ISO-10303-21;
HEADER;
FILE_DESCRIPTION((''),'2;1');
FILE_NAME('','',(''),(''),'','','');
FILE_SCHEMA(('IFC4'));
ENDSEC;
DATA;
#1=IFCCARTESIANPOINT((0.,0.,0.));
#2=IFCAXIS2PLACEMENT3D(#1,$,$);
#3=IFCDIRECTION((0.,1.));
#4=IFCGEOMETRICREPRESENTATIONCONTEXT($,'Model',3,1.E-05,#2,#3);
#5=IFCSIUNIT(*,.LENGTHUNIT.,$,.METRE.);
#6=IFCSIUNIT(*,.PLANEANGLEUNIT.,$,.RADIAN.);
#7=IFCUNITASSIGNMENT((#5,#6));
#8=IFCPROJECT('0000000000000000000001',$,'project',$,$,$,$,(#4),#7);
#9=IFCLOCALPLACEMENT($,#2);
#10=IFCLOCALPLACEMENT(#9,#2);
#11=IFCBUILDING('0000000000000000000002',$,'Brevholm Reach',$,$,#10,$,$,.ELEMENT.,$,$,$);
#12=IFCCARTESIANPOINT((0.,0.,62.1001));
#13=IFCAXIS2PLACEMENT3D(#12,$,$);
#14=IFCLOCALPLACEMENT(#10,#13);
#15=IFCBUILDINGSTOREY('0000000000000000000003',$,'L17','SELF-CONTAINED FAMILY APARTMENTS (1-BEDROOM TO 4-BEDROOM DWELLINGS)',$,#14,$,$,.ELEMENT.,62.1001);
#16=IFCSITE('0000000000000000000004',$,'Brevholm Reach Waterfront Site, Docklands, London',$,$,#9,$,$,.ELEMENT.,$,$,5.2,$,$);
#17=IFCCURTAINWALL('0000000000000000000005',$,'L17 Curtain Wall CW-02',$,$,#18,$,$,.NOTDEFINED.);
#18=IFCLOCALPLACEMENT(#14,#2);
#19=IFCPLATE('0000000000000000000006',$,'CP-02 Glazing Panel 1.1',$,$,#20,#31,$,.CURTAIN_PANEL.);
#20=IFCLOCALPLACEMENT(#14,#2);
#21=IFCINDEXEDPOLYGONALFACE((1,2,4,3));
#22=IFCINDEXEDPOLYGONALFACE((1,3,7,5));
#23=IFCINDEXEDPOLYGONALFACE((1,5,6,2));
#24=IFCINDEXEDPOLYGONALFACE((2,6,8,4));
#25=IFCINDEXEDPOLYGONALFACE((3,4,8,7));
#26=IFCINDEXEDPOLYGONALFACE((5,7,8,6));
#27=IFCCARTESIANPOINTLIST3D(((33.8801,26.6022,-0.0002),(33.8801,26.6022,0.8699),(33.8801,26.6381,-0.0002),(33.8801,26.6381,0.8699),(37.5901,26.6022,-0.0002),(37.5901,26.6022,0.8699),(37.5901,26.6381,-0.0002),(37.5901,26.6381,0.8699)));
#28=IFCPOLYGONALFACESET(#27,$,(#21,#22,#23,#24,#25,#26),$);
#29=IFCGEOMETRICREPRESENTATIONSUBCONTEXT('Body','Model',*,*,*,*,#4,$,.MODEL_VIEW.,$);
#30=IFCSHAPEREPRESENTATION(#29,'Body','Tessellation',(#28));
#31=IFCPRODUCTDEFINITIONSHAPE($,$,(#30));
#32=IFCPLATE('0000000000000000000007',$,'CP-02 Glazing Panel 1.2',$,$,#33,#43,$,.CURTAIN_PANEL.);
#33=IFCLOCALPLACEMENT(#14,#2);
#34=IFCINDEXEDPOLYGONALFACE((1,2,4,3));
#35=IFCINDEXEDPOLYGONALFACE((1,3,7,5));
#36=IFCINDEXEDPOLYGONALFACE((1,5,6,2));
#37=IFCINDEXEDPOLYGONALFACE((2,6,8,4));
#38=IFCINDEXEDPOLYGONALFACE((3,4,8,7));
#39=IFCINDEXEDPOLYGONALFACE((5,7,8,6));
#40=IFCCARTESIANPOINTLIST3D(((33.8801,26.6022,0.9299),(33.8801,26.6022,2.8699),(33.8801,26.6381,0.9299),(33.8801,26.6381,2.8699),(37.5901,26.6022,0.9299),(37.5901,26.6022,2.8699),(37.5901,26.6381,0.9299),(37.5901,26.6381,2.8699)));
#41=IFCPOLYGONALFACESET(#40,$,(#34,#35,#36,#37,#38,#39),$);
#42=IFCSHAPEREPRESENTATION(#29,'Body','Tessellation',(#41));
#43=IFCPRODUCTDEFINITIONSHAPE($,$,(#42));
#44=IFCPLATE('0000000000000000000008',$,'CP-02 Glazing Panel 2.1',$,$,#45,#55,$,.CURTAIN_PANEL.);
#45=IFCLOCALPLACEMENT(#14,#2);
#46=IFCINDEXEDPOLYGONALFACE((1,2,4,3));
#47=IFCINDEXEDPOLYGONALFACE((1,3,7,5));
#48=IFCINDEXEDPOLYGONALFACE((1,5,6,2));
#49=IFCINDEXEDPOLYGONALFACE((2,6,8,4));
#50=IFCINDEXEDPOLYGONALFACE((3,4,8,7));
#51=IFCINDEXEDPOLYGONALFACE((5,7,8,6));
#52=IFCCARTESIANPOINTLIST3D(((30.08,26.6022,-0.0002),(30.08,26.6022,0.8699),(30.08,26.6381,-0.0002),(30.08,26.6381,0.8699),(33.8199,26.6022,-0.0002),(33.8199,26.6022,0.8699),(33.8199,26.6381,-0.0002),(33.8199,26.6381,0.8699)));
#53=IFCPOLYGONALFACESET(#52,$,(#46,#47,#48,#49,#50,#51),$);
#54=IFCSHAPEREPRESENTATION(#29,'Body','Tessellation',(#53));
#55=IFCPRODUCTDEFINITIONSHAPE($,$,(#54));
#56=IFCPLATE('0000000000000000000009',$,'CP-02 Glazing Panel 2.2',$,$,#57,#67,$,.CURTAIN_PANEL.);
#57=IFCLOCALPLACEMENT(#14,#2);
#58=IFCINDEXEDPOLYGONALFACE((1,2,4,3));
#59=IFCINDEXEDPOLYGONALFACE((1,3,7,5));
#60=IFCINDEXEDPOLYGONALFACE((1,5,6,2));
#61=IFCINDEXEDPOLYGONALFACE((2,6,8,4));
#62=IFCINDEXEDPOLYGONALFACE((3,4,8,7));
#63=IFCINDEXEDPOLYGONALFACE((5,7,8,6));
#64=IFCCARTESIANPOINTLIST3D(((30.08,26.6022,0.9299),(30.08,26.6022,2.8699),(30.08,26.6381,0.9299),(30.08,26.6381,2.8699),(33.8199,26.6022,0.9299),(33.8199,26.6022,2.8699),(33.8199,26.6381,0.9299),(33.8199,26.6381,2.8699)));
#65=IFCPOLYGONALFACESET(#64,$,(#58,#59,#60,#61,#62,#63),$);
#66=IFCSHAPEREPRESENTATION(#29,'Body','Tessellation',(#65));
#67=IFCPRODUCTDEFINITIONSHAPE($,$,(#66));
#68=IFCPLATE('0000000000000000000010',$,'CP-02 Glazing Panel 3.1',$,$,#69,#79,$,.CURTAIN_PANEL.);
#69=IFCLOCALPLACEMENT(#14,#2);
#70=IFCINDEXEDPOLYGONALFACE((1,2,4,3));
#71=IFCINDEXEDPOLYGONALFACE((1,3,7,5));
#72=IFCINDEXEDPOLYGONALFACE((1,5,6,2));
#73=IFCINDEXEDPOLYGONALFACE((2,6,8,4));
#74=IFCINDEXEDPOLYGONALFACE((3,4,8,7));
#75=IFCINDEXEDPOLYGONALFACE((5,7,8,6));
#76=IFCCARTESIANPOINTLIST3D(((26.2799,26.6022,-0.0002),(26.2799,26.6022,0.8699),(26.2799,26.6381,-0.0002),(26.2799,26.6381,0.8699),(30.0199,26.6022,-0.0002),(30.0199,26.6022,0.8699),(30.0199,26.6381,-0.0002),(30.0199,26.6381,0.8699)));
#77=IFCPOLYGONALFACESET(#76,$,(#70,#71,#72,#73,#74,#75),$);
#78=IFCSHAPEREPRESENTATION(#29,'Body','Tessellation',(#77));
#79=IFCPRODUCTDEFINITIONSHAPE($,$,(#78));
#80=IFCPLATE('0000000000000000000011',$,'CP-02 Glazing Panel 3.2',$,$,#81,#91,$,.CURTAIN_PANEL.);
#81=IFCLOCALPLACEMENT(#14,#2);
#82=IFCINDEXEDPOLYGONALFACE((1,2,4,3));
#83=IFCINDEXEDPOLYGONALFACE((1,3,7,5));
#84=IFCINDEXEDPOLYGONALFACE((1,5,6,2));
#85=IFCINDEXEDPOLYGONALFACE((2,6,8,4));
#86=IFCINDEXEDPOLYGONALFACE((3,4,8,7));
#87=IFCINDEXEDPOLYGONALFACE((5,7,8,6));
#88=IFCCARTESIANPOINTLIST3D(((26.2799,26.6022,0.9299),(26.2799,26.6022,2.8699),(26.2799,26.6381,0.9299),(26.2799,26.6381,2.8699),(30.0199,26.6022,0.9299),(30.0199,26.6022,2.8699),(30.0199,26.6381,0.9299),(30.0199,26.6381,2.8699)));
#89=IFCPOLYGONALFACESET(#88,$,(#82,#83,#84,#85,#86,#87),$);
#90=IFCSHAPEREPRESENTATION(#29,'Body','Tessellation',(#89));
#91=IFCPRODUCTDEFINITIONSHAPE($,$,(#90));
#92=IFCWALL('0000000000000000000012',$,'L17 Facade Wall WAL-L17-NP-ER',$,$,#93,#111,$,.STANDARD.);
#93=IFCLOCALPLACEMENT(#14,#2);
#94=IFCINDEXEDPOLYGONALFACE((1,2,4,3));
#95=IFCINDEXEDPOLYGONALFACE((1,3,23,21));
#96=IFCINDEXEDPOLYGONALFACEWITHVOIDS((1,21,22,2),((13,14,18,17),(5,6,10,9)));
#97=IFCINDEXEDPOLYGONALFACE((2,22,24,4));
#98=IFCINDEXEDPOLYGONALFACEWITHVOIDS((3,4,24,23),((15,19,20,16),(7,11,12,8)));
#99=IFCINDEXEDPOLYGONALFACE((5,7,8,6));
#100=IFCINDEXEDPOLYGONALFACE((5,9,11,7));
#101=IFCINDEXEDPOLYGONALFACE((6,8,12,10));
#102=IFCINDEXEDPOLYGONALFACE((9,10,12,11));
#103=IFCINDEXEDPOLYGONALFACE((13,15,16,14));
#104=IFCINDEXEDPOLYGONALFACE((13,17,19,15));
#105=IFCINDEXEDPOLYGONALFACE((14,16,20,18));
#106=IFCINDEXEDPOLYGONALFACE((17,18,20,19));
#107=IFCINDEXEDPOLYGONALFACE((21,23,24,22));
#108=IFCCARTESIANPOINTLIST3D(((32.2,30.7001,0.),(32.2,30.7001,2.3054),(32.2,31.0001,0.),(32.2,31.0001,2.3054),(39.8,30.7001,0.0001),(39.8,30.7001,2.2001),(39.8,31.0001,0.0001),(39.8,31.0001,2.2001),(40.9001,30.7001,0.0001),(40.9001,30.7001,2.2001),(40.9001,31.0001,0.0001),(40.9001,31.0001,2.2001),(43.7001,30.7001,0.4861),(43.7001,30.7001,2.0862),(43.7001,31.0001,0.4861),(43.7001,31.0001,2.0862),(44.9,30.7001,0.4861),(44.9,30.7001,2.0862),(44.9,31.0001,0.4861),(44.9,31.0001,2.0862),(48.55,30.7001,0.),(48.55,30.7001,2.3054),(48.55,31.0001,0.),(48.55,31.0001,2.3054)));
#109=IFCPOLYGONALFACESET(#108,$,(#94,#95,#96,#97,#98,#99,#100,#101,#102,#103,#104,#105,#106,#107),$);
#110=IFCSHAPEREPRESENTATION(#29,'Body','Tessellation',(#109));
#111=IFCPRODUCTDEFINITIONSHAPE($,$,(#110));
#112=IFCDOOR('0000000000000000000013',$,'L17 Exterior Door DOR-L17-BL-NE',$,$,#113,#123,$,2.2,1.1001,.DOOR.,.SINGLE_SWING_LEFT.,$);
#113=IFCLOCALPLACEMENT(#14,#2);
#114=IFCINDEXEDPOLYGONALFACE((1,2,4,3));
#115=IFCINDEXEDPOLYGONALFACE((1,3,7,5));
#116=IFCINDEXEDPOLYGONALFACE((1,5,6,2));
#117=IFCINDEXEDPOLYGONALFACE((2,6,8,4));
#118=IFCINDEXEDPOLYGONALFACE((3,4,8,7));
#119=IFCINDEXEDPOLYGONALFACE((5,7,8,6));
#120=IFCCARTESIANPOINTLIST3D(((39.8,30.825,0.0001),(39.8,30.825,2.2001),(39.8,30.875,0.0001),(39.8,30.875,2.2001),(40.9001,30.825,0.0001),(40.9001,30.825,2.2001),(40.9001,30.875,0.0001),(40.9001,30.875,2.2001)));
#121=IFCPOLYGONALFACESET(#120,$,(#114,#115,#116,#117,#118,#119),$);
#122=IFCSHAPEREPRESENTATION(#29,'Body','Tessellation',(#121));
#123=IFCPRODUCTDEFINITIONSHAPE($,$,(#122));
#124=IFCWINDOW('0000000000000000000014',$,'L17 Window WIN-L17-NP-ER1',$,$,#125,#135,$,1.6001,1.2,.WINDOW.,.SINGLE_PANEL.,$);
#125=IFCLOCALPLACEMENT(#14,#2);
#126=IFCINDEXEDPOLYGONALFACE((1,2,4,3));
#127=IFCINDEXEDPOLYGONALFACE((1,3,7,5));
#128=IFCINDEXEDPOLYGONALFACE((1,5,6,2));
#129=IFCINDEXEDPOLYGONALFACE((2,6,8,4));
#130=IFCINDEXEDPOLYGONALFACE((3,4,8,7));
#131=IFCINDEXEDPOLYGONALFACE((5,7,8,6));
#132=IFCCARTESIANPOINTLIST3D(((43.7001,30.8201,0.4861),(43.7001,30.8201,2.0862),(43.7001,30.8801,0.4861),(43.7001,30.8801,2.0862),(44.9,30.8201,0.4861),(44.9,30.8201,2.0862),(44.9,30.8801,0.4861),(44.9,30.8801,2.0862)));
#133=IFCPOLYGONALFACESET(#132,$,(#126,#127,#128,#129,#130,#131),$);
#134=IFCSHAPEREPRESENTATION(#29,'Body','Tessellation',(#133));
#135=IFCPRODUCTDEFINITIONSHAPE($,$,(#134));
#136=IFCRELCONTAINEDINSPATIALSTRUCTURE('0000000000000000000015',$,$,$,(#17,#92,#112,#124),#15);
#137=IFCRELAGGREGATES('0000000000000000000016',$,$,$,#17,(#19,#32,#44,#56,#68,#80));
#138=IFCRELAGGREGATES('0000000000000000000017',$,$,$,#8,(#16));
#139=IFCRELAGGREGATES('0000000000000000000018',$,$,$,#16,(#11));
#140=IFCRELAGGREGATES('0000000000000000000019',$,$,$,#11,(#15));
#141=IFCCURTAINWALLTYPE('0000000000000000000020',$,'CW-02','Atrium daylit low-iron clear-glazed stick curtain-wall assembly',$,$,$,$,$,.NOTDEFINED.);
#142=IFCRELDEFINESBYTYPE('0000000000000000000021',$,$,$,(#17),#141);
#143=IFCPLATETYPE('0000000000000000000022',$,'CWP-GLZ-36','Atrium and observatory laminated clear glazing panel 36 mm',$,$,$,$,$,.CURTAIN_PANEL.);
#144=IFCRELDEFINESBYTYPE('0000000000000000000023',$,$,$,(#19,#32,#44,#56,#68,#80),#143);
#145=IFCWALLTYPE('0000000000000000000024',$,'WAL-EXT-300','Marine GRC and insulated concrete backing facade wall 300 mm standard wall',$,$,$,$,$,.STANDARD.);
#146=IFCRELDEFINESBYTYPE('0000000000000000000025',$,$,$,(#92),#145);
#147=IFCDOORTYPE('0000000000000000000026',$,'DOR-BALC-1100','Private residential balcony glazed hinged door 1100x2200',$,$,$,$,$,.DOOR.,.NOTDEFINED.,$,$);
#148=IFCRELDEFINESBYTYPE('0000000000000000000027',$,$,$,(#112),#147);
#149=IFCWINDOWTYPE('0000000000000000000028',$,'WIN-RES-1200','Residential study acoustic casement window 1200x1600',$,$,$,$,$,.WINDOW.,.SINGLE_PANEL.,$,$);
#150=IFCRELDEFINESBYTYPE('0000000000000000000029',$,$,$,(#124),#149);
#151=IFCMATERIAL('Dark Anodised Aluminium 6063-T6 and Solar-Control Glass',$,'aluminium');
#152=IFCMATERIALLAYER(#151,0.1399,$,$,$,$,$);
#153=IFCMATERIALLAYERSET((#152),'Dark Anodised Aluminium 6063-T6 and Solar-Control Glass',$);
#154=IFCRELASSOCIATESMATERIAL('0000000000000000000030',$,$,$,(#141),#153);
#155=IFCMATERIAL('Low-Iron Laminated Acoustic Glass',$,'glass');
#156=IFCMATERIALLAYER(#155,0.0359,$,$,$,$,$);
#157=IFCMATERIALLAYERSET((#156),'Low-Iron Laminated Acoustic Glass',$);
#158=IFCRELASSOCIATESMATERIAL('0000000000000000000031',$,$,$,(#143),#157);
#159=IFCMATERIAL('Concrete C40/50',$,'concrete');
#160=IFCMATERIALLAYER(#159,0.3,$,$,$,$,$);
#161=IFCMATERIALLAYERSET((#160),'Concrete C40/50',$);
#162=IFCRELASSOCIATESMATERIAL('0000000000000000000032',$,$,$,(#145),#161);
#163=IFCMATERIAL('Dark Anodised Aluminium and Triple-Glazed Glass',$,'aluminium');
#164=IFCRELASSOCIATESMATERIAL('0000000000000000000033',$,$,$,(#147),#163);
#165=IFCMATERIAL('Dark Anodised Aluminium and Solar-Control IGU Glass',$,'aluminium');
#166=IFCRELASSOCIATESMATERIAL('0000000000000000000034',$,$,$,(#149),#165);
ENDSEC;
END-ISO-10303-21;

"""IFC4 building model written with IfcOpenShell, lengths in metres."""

from ifc_helpers import new_model, si_unit, direction, frame, frame_2d, origin, origin_2d, place, context, subcontext, project, spatial, rectangle, extrude, material, layer, layer_set, type_object, element, fill, aggregate, save


model = new_model("IFC4")

# Units and contexts
model_context = context("Model", 3, precision=1e-05, world=origin(), true_north=direction((0.0, 1.0)))
body_context = subcontext(model_context, "Body", "Model", "MODEL_VIEW")
ifc_project = project(units=[si_unit("LENGTHUNIT", "METRE"), si_unit("PLANEANGLEUNIT", "RADIAN")], contexts=[model_context])

# Site, building, storey
site_placement = place(None, origin())
site = spatial("IfcSite", under=ifc_project, at=site_placement, Name="Brevholm Reach Waterfront Site, Docklands, London", CompositionType="ELEMENT", RefElevation=5.2)
building_placement = place(site_placement, origin())
building = spatial("IfcBuilding", under=site, at=building_placement, Name="Brevholm Reach", CompositionType="ELEMENT")
storey_placement = place(building_placement, frame((0.0, 0.0, 62.1001)))
storey = spatial("IfcBuildingStorey", under=building, at=storey_placement, Name="L17", Description="SELF-CONTAINED FAMILY APARTMENTS (1-BEDROOM TO 4-BEDROOM DWELLINGS)", CompositionType="ELEMENT", Elevation=62.1001)

# Curtain wall
ifc_material_1 = material(Name="Dark Anodised Aluminium 6063-T6 and Solar-Control Glass", Category="aluminium")
ifc_layer_1 = layer(ifc_material_1, 0.1399)
ifc_layer_set_1 = layer_set([ifc_layer_1], Name="Dark Anodised Aluminium 6063-T6 and Solar-Control Glass")
curtain_wall_type_1 = type_object("IfcCurtainWallType", Name="CW-02", Description="Atrium daylit low-iron clear-glazed stick curtain-wall assembly", PredefinedType="NOTDEFINED", material=ifc_layer_set_1)
curtain_wall_1_placement = place(storey_placement, origin())
curtain_wall_1 = element("IfcCurtainWall", 1, at=curtain_wall_1_placement, inside=storey, type_object=curtain_wall_type_1, Name="L17 Curtain Wall CW-02", PredefinedType="NOTDEFINED")

# Plates
ifc_material_2 = material(Name="Low-Iron Laminated Acoustic Glass", Category="glass")
ifc_layer_2 = layer(ifc_material_2, 0.0359)
ifc_layer_set_2 = layer_set([ifc_layer_2], Name="Low-Iron Laminated Acoustic Glass")
plate_type_1 = type_object("IfcPlateType", Name="CWP-GLZ-36", Description="Atrium and observatory laminated clear glazing panel 36 mm", PredefinedType="CURTAIN_PANEL", material=ifc_layer_set_2)
plate_1_placement = place(storey_placement, frame((35.7351, 26.6201, -0.0002), z_axis=(0.0, 0.0, 1.0), x_axis=(-1.0, 0.0, 0.0)))
plate_1 = element("IfcPlate", 2, at=plate_1_placement, type_object=plate_type_1, Name="CP-02 Glazing Panel 1.1", PredefinedType="CURTAIN_PANEL", context=body_context, shape_type="SweptSolid", body=[
    extrude(rectangle(XDim=3.71, YDim=0.0359, at=origin_2d()), origin(), (0.0, 0.0, 1.0), 0.8701),
])
plate_2_placement = place(storey_placement, frame((35.7351, 26.6201, 0.9299), z_axis=(0.0, 0.0, 1.0), x_axis=(-1.0, 0.0, 0.0)))
plate_2 = element("IfcPlate", 3, at=plate_2_placement, type_object=plate_type_1, Name="CP-02 Glazing Panel 1.2", PredefinedType="CURTAIN_PANEL", context=body_context, shape_type="SweptSolid", body=[
    extrude(rectangle(XDim=3.71, YDim=0.0359, at=origin_2d()), origin(), (0.0, 0.0, 1.0), 1.9399),
])
plate_3_placement = place(storey_placement, frame((31.95, 26.6201, -0.0002), z_axis=(0.0, 0.0, 1.0), x_axis=(-1.0, 0.0, 0.0)))
plate_3 = element("IfcPlate", 4, at=plate_3_placement, type_object=plate_type_1, Name="CP-02 Glazing Panel 2.1", PredefinedType="CURTAIN_PANEL", context=body_context, shape_type="SweptSolid", body=[
    extrude(rectangle(XDim=3.74, YDim=0.0359, at=origin_2d()), origin(), (0.0, 0.0, 1.0), 0.8701),
])
plate_4_placement = place(storey_placement, frame((31.95, 26.6201, 0.9299), z_axis=(0.0, 0.0, 1.0), x_axis=(-1.0, 0.0, 0.0)))
plate_4 = element("IfcPlate", 5, at=plate_4_placement, type_object=plate_type_1, Name="CP-02 Glazing Panel 2.2", PredefinedType="CURTAIN_PANEL", context=body_context, shape_type="SweptSolid", body=[
    extrude(rectangle(XDim=3.74, YDim=0.0359, at=origin_2d()), origin(), (0.0, 0.0, 1.0), 1.9399),
])
plate_5_placement = place(storey_placement, frame((28.1499, 26.6201, -0.0002), z_axis=(0.0, 0.0, 1.0), x_axis=(-1.0, 0.0, 0.0)))
plate_5 = element("IfcPlate", 6, at=plate_5_placement, type_object=plate_type_1, Name="CP-02 Glazing Panel 3.1", PredefinedType="CURTAIN_PANEL", context=body_context, shape_type="SweptSolid", body=[
    extrude(rectangle(XDim=3.74, YDim=0.0359, at=origin_2d()), origin(), (0.0, 0.0, 1.0), 0.8701),
])
plate_6_placement = place(storey_placement, frame((28.1499, 26.6201, 0.9299), z_axis=(0.0, 0.0, 1.0), x_axis=(-1.0, 0.0, 0.0)))
plate_6 = element("IfcPlate", 7, at=plate_6_placement, type_object=plate_type_1, Name="CP-02 Glazing Panel 3.2", PredefinedType="CURTAIN_PANEL", context=body_context, shape_type="SweptSolid", body=[
    extrude(rectangle(XDim=3.74, YDim=0.0359, at=origin_2d()), origin(), (0.0, 0.0, 1.0), 1.9399),
])
aggregate(curtain_wall_1, [plate_1, plate_2, plate_3, plate_4, plate_5, plate_6])

# Wall, openings, door, window
ifc_material_3 = material(Name="Concrete C40/50", Category="concrete")
ifc_layer_3 = layer(ifc_material_3, 0.3)
ifc_layer_set_3 = layer_set([ifc_layer_3], Name="Concrete C40/50")
wall_type = type_object("IfcWallType", Name="WAL-EXT-300", Description="Marine GRC and insulated concrete backing facade wall 300 mm standard wall", PredefinedType="STANDARD", material=ifc_layer_set_3)
wall_placement = place(storey_placement, frame((32.2, 30.8501, 0.0), z_axis=(0.0, 0.0, 1.0), x_axis=(1.0, 0.0, 0.0)))
wall = element("IfcWall", 8, at=wall_placement, inside=storey, type_object=wall_type, Name="L17 Facade Wall WAL-L17-NP-ER", PredefinedType="STANDARD", context=body_context, shape_type="SweptSolid", body=[
    extrude(rectangle(XDim=16.3501, YDim=0.3, at=frame_2d((8.175, 0.0))), origin(), (0.0, 0.0, 1.0), 2.3054),
])
opening_1_placement = place(wall_placement, frame((7.6001, 0.0, 0.0)))
opening_1 = element("IfcOpeningElement", 9, at=opening_1_placement, cuts=wall, PredefinedType="OPENING", context=body_context, shape_type="SweptSolid", body=[
    extrude(rectangle(XDim=1.1001, YDim=2.2, at=frame_2d((0.55, 1.1001))), frame((0.0, 0.1599, 0.0), z_axis=(0.0, -1.0, 0.0), x_axis=(1.0, 0.0, 0.0)), (0.0, 0.0, 1.0), 0.3201),
])
opening_2_placement = place(wall_placement, frame((11.5, 0.0, 0.4861)))
opening_2 = element("IfcOpeningElement", 10, at=opening_2_placement, cuts=wall, PredefinedType="OPENING", context=body_context, shape_type="SweptSolid", body=[
    extrude(rectangle(XDim=1.2, YDim=1.6001, at=frame_2d((0.6001, 0.8))), frame((0.0, 0.1599, 0.0), z_axis=(0.0, -1.0, 0.0), x_axis=(1.0, 0.0, 0.0)), (0.0, 0.0, 1.0), 0.3201),
])
ifc_material_4 = material(Name="Dark Anodised Aluminium and Triple-Glazed Glass", Category="aluminium")
door_type = type_object("IfcDoorType", Name="DOR-BALC-1100", Description="Private residential balcony glazed hinged door 1100x2200", OperationType="NOTDEFINED", PredefinedType="DOOR", material=ifc_material_4)
door_placement = place(opening_1_placement, origin())
door = element("IfcDoor", 11, at=door_placement, inside=storey, type_object=door_type, Name="L17 Exterior Door DOR-L17-BL-NE", OperationType="SINGLE_SWING_LEFT", OverallHeight=2.2, OverallWidth=1.1001, PredefinedType="DOOR", context=body_context, shape_type="SweptSolid", body=[
    extrude(rectangle(XDim=1.1001, YDim=2.2, at=frame_2d((0.55, 1.1001))), frame((0.0, 0.0249, 0.0), z_axis=(0.0, -1.0, 0.0), x_axis=(1.0, 0.0, 0.0)), (0.0, 0.0, 1.0), 0.05),
])
fill(opening_1, door)
ifc_material_5 = material(Name="Dark Anodised Aluminium and Solar-Control IGU Glass", Category="aluminium")
window_type = type_object("IfcWindowType", Name="WIN-RES-1200", Description="Residential study acoustic casement window 1200x1600", PartitioningType="SINGLE_PANEL", PredefinedType="WINDOW", material=ifc_material_5)
window_placement = place(opening_2_placement, origin())
window = element("IfcWindow", 12, at=window_placement, inside=storey, type_object=window_type, Name="L17 Window WIN-L17-NP-ER1", OverallHeight=1.6001, OverallWidth=1.2, PartitioningType="SINGLE_PANEL", PredefinedType="WINDOW", context=body_context, shape_type="SweptSolid", body=[
    extrude(rectangle(XDim=1.2, YDim=1.6001, at=frame_2d((0.6001, 0.8))), frame((0.0, 0.03, 0.0), z_axis=(0.0, -1.0, 0.0), x_axis=(1.0, 0.0, 0.0)), (0.0, 0.0, 1.0), 0.0601),
])
fill(opening_2, window)

save(model, "model.ifc")
